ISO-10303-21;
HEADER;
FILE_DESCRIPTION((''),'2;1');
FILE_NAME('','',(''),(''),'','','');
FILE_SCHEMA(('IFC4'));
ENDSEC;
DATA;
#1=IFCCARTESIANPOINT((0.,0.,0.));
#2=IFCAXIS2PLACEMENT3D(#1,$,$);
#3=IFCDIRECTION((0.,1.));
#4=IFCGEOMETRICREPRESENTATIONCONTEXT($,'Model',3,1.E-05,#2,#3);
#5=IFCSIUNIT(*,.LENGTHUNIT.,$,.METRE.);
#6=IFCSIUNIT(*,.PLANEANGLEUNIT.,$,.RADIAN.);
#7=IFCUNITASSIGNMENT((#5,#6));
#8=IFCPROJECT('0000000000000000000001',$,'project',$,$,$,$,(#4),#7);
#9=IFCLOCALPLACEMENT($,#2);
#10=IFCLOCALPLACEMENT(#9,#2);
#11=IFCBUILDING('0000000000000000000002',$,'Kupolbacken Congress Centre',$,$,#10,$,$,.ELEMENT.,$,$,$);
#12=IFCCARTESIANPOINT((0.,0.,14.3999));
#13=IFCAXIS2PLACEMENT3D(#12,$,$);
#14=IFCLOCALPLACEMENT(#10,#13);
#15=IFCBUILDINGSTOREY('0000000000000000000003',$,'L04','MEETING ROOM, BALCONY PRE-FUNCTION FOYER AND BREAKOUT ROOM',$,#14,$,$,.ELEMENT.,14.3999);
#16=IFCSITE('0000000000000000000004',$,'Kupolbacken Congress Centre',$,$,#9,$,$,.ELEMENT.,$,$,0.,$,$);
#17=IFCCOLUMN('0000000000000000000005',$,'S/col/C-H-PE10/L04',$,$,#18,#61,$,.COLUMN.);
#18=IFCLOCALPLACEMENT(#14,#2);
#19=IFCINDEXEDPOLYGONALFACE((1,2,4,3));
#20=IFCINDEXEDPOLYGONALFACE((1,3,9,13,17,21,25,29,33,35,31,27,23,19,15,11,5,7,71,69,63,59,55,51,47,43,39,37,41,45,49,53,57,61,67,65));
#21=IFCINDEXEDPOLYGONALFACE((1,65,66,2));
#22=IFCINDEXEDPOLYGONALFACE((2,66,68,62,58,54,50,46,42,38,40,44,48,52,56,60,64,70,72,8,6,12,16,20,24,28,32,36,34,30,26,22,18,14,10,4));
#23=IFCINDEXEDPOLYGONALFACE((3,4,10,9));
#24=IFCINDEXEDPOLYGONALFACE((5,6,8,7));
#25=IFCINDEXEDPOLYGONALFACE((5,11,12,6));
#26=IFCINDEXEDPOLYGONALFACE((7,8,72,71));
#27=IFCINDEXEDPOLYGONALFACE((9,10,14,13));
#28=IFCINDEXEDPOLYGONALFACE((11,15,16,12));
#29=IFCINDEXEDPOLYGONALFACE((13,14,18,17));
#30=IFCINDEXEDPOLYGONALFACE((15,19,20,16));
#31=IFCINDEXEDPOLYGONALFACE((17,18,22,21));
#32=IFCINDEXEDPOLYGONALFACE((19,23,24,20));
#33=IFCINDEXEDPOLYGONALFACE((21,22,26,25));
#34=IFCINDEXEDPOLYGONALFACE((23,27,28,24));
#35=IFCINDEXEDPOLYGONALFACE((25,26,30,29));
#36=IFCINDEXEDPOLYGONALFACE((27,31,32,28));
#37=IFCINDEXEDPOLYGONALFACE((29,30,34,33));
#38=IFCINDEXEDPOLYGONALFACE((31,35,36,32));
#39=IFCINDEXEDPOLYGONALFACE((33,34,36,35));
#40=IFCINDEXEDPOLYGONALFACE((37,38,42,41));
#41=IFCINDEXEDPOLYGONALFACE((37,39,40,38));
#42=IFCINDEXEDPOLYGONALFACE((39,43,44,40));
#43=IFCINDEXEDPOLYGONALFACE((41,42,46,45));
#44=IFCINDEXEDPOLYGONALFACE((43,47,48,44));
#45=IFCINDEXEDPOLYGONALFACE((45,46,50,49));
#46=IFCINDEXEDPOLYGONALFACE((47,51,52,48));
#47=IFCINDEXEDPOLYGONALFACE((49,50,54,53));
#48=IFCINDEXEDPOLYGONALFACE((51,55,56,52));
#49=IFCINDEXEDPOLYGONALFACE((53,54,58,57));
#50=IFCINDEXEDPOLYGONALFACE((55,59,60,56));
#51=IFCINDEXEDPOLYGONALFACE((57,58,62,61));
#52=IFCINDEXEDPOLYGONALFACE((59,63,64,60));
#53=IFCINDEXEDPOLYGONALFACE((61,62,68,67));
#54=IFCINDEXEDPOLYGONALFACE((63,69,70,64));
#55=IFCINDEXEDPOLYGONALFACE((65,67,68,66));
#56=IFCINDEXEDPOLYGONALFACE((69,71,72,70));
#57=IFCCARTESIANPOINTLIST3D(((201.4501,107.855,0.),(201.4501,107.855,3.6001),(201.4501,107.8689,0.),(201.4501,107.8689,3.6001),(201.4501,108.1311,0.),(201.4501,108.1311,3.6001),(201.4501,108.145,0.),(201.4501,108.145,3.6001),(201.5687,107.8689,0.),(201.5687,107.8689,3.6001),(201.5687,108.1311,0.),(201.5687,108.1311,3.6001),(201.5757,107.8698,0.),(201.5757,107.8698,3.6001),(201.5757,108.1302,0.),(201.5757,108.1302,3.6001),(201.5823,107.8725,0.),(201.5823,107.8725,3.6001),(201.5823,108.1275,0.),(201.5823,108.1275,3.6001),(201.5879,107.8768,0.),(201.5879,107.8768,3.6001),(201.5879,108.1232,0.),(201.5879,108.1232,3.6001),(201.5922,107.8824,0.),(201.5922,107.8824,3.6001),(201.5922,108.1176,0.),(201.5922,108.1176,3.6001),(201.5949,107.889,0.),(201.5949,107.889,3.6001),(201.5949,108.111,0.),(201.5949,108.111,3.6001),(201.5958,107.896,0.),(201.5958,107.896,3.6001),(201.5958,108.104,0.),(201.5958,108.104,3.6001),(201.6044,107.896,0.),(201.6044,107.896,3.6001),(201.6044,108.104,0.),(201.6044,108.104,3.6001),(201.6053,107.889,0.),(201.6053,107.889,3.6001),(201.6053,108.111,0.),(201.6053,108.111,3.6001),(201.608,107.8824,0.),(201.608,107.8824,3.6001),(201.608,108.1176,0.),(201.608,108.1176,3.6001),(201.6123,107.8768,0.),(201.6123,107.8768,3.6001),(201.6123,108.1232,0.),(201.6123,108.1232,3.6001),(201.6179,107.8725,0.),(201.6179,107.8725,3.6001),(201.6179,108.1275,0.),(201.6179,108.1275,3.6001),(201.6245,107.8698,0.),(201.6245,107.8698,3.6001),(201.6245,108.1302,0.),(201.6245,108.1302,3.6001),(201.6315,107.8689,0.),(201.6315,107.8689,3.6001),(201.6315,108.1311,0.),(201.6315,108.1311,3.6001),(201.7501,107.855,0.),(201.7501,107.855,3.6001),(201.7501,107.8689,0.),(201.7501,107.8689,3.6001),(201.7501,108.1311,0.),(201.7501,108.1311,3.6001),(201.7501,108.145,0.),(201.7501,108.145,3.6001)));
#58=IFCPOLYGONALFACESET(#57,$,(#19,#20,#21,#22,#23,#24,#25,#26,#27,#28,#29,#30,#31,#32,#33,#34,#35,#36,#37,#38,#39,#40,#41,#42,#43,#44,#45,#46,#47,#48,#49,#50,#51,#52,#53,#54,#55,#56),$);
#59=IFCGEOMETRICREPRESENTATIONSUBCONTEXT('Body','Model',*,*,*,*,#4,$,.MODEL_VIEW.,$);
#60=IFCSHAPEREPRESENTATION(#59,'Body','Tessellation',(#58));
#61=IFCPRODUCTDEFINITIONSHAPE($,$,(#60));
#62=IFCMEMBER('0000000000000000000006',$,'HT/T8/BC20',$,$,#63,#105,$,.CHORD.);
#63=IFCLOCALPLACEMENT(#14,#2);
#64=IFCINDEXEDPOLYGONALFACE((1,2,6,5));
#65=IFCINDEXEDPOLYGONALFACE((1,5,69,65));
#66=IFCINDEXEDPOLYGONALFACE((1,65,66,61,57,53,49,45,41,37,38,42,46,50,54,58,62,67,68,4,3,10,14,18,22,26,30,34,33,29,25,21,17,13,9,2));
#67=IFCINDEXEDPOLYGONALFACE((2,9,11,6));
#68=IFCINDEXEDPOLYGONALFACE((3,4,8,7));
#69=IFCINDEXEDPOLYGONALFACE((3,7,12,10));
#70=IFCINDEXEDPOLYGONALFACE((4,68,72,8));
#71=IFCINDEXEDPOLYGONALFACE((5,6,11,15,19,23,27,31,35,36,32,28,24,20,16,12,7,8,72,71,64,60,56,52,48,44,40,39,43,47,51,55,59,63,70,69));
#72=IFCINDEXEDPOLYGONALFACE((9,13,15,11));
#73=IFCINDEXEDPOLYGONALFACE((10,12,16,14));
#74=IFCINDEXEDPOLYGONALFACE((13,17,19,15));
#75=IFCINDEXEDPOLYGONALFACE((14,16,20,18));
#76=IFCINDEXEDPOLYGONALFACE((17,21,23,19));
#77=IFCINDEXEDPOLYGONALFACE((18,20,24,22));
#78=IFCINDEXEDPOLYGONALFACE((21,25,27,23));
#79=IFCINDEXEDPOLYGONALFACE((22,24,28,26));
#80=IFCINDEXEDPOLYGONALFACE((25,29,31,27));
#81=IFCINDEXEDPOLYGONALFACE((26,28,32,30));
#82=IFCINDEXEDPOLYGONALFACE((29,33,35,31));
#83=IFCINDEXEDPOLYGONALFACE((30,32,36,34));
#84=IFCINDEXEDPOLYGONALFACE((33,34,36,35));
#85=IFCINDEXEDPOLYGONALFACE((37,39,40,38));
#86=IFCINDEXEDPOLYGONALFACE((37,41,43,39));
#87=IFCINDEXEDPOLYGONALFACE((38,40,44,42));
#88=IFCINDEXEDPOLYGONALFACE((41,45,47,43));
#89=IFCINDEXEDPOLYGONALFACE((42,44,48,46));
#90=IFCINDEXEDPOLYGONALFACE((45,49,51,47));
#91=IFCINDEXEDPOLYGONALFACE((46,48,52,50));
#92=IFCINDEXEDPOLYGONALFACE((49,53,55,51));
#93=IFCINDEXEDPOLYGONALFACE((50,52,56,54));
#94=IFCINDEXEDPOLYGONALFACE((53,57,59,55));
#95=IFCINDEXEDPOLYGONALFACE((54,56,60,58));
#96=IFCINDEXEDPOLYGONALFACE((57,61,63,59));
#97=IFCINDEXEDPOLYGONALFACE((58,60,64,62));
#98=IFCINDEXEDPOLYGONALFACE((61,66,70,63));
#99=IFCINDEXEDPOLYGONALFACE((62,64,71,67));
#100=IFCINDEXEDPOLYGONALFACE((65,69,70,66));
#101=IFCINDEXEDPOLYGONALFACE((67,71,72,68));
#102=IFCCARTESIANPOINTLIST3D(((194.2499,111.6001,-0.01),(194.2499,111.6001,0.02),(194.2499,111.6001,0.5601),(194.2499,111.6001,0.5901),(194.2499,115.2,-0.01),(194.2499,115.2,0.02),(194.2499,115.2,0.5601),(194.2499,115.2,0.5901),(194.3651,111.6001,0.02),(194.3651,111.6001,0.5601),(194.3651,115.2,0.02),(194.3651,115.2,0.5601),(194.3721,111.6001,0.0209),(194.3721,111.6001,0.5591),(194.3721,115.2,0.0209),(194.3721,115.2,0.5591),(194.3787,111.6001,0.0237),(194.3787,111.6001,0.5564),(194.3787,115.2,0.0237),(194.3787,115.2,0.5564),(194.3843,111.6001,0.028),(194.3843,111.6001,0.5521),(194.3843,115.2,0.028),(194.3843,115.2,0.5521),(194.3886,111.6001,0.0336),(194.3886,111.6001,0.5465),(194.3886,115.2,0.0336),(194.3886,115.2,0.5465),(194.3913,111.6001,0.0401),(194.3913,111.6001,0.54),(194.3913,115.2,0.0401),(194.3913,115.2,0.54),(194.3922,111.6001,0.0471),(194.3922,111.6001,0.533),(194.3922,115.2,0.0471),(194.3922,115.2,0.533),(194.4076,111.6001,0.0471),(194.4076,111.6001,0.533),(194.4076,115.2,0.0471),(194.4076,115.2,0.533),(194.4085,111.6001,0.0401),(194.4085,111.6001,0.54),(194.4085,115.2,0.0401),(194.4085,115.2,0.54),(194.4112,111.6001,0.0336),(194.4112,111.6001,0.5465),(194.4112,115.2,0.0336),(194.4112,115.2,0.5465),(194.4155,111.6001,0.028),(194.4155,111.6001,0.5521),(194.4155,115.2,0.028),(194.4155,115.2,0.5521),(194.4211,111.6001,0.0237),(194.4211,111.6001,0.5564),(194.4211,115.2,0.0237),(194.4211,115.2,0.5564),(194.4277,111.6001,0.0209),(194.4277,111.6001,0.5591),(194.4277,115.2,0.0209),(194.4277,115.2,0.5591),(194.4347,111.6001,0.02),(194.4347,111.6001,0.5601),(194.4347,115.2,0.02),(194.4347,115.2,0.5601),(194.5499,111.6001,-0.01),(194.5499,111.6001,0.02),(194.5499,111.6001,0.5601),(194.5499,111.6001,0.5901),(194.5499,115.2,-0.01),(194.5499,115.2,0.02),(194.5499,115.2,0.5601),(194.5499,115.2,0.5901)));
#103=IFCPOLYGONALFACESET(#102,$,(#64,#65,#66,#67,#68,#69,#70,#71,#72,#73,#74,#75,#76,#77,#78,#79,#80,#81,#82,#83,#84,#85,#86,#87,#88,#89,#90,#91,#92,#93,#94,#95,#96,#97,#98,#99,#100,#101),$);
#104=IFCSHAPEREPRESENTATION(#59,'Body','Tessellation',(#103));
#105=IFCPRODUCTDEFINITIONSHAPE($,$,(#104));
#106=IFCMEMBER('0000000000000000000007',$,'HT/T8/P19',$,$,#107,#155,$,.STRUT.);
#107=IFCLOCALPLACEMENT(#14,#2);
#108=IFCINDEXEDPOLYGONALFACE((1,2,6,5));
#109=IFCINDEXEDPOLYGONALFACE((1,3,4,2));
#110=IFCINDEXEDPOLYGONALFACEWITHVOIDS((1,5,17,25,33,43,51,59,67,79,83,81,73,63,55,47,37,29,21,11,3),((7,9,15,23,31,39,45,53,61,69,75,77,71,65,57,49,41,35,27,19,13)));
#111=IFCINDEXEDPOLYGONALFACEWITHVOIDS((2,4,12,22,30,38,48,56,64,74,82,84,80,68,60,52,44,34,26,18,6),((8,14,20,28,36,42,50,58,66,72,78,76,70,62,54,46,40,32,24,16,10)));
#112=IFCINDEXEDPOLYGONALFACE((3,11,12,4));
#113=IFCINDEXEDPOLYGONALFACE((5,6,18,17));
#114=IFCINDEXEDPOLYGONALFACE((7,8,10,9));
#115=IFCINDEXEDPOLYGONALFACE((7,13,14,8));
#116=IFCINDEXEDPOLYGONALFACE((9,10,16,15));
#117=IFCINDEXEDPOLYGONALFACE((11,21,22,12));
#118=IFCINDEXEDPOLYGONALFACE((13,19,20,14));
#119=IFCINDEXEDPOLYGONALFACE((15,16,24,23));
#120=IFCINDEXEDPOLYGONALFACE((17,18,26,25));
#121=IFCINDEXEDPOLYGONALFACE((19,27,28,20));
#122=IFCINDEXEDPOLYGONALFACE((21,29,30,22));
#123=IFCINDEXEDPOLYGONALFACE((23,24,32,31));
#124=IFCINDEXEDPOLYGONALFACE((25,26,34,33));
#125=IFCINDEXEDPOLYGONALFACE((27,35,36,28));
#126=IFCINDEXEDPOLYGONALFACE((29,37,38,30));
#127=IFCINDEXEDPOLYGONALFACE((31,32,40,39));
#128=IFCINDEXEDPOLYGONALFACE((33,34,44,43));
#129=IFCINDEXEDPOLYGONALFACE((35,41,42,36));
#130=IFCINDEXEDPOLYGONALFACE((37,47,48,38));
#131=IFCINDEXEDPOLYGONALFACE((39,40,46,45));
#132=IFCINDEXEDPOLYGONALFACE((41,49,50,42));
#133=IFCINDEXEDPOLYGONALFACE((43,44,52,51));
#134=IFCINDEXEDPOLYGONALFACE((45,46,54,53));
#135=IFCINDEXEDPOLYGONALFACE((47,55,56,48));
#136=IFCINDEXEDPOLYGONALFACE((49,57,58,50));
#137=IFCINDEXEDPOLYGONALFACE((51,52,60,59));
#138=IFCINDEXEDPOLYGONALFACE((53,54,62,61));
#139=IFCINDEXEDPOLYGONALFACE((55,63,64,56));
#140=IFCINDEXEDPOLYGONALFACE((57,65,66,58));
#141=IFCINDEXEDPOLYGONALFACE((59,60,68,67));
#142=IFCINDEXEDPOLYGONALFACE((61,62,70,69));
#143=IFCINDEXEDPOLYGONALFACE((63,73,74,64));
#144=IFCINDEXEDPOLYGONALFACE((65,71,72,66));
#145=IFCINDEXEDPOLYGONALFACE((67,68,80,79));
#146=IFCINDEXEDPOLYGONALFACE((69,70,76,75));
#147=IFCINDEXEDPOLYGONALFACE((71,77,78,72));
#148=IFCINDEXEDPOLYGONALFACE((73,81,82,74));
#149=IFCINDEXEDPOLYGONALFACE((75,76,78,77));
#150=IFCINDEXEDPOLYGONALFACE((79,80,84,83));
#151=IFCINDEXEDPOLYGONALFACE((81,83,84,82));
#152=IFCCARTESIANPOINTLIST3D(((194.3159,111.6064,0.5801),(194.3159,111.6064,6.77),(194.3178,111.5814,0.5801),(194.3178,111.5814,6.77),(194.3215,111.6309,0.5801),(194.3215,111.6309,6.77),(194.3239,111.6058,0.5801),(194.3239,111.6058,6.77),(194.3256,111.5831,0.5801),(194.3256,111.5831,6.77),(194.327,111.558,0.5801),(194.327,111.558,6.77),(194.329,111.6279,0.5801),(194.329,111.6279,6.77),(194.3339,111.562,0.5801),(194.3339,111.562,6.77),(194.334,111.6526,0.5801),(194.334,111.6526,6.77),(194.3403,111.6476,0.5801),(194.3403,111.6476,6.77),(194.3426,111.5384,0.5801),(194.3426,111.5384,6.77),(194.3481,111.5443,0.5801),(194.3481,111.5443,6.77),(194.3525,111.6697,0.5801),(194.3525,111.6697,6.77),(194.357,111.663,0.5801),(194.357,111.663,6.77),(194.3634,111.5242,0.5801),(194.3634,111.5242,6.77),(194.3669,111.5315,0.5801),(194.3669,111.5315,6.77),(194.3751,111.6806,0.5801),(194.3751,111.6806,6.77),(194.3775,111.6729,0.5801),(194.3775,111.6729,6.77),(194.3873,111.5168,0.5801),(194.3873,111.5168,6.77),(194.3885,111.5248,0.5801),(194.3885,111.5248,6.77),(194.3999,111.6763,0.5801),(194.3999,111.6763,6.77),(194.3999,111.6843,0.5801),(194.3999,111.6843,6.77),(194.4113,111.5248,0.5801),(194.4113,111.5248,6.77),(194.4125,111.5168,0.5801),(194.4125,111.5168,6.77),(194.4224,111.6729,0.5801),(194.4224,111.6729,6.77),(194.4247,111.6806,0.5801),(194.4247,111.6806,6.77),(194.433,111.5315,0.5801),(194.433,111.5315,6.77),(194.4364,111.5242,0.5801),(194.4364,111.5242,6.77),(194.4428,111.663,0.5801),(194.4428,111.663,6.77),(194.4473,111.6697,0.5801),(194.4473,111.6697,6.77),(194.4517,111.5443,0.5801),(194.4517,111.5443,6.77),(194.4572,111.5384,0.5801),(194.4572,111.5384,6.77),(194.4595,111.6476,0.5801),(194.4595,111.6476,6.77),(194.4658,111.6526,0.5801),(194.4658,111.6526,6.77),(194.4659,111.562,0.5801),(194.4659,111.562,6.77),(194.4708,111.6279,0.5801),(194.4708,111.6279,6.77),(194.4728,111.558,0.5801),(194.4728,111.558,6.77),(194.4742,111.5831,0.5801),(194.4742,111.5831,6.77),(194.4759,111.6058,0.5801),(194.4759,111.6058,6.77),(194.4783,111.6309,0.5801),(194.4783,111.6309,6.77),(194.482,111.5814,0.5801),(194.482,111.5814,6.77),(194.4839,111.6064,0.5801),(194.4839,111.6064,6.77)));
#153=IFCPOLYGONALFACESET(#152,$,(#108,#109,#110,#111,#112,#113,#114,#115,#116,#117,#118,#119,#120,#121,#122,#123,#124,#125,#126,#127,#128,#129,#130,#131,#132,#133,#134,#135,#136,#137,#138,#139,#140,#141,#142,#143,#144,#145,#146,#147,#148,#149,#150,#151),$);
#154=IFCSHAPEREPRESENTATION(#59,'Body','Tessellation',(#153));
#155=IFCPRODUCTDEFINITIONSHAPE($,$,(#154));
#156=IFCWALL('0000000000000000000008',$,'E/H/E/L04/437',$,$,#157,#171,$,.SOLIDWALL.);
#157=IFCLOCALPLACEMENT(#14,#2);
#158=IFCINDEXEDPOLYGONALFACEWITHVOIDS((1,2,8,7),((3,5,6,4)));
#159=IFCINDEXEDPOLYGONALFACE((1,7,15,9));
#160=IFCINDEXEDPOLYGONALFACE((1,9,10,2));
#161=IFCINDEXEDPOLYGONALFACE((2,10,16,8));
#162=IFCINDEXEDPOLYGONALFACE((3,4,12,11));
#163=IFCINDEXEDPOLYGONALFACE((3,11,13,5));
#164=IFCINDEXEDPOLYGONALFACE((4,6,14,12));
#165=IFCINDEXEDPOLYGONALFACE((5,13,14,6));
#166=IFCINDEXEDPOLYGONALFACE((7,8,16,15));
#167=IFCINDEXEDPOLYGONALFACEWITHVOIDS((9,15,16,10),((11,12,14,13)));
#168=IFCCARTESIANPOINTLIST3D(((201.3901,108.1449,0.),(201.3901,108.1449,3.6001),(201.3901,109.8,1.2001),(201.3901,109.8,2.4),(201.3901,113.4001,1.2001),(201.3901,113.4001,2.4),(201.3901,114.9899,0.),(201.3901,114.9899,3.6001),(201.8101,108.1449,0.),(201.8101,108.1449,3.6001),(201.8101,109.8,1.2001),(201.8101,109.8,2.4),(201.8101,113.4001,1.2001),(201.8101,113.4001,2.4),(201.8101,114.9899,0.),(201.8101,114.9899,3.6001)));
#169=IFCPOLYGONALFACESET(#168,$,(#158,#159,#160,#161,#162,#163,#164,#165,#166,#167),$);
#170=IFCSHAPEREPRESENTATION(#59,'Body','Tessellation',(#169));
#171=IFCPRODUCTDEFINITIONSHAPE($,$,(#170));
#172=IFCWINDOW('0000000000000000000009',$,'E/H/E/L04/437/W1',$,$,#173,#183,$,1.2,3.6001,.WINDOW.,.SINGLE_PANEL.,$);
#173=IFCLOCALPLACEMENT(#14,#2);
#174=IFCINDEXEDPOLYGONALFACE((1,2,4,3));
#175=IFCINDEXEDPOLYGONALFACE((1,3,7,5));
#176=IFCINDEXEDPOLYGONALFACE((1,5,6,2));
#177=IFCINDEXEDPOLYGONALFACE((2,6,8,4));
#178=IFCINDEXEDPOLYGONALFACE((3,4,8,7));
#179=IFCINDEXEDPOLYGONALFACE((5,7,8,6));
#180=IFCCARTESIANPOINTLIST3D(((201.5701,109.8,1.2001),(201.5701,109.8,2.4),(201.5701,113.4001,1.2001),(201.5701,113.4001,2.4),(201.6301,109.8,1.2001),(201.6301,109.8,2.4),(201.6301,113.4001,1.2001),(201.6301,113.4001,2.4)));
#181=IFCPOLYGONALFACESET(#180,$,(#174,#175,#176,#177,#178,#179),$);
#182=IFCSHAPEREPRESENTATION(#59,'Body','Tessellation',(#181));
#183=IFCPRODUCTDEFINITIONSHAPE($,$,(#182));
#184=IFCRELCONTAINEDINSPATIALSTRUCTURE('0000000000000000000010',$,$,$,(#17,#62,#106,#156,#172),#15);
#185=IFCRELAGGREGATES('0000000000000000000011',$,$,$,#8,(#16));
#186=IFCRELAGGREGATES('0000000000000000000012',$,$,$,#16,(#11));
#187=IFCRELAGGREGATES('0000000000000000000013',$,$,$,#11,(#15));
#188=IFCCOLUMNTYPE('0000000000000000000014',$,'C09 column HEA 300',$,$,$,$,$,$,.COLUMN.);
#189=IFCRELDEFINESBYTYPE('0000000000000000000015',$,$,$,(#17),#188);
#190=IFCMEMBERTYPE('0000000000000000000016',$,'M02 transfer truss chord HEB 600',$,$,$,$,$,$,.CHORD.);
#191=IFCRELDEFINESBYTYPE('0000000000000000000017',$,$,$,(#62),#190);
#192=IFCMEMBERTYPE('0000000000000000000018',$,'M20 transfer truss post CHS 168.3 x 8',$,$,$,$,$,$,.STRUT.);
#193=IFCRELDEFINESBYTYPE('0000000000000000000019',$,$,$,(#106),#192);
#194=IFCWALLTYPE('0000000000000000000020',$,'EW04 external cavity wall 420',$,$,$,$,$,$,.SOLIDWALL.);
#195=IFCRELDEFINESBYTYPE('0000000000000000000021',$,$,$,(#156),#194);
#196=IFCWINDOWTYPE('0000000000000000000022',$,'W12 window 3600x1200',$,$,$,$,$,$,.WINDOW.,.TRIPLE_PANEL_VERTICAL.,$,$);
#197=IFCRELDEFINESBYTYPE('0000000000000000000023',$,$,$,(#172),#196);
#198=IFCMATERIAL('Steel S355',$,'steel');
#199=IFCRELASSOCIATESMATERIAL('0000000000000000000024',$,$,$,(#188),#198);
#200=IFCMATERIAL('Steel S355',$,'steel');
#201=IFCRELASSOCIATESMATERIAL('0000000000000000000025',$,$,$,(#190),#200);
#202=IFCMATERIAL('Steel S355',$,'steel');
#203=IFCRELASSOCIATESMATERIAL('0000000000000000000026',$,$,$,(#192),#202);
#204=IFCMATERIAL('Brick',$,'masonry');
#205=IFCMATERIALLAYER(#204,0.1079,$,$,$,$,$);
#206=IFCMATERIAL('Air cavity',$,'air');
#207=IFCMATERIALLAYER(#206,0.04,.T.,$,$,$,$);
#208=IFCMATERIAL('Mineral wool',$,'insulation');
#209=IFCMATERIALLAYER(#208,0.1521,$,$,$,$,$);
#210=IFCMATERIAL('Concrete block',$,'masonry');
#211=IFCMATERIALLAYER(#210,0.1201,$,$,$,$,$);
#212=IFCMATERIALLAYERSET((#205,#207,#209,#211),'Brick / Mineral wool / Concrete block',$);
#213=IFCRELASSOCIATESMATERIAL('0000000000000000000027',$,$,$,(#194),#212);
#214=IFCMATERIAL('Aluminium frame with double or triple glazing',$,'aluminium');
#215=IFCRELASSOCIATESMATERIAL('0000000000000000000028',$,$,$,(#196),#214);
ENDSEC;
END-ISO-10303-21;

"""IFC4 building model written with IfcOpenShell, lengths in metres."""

from ifc_helpers import new_model, si_unit, direction, frame, frame_2d, origin, origin_2d, place, context, subcontext, project, spatial, rectangle, hollow_circle, i_section, extrude, material, layer, layer_set, material_profile, profile_set, type_object, element, fill, save


model = new_model("IFC4")

# Units and contexts
model_context = context("Model", 3, precision=1e-05, world=origin(), true_north=direction((0.0, 1.0)))
body_context = subcontext(model_context, "Body", "Model", "MODEL_VIEW")
ifc_project = project(units=[si_unit("LENGTHUNIT", "METRE"), si_unit("PLANEANGLEUNIT", "RADIAN")], contexts=[model_context])

# Site, building, storey
site_placement = place(None, origin())
site = spatial("IfcSite", under=ifc_project, at=site_placement, Name="Kupolbacken Congress Centre", CompositionType="ELEMENT", RefElevation=0.0)
building_placement = place(site_placement, origin())
building = spatial("IfcBuilding", under=site, at=building_placement, Name="Kupolbacken Congress Centre", CompositionType="ELEMENT")
storey_placement = place(building_placement, frame((0.0, 0.0, 14.3999)))
storey = spatial("IfcBuildingStorey", under=building, at=storey_placement, Name="L04", Description="MEETING ROOM, BALCONY PRE-FUNCTION FOYER AND BREAKOUT ROOM", CompositionType="ELEMENT", Elevation=14.3999)

# Column
ifc_material_1 = material(Name="Steel S355", Category="steel")
ifc_material_profile_1 = material_profile(ifc_material_1, i_section(OverallWidth=0.3, OverallDepth=0.29, WebThickness=0.0085, FlangeThickness=0.0139, FilletRadius=0.0271, at=origin_2d()), Name="HEA 300")
ifc_profile_set_1 = profile_set([ifc_material_profile_1], Name="Steel S355")
column_type = type_object("IfcColumnType", Name="C09 column HEA 300", PredefinedType="COLUMN", material=ifc_profile_set_1)
column_placement = place(storey_placement, frame((201.6001, 108.0, 0.0), z_axis=(0.0, 0.0, 1.0), x_axis=(1.0, 0.0, 0.0)))
element("IfcColumn", 1, at=column_placement, inside=storey, type_object=column_type, Name="S/col/C-H-PE10/L04", PredefinedType="COLUMN", context=body_context, shape_type="SweptSolid", body=[
    extrude(i_section(OverallWidth=0.3, OverallDepth=0.29, WebThickness=0.0085, FlangeThickness=0.0139, FilletRadius=0.0271, at=origin_2d()), origin(), (0.0, 0.0, 1.0), 3.6001),
])

# Members
ifc_material_2 = material(Name="Steel S355", Category="steel")
ifc_material_profile_2 = material_profile(ifc_material_2, i_section(OverallWidth=0.3, OverallDepth=0.6001, WebThickness=0.0154, FlangeThickness=0.03, FilletRadius=0.0271, at=origin_2d()), Name="HEB 600")
ifc_profile_set_2 = profile_set([ifc_material_profile_2], Name="Steel S355")
member_type_1 = type_object("IfcMemberType", Name="M02 transfer truss chord HEB 600", PredefinedType="CHORD", material=ifc_profile_set_2)
member_1_placement = place(storey_placement, frame((194.3999, 111.6001, 0.29), z_axis=(0.0, 1.0, 0.0), x_axis=(-1.0, 0.0, 0.0)))
element("IfcMember", 2, at=member_1_placement, inside=storey, type_object=member_type_1, Name="HT/T8/BC20", PredefinedType="CHORD", context=body_context, shape_type="SweptSolid", body=[
    extrude(i_section(OverallWidth=0.3, OverallDepth=0.6001, WebThickness=0.0154, FlangeThickness=0.03, FilletRadius=0.0271, at=origin_2d()), origin(), (0.0, 0.0, 1.0), 3.5999),
])
ifc_material_3 = material(Name="Steel S355", Category="steel")
ifc_material_profile_3 = material_profile(ifc_material_3, hollow_circle(Radius=0.0842, WallThickness=0.0081, at=origin_2d()), Name="CHS 168.3 x 8")
ifc_profile_set_3 = profile_set([ifc_material_profile_3], Name="Steel S355")
member_type_2 = type_object("IfcMemberType", Name="M20 transfer truss post CHS 168.3 x 8", PredefinedType="STRUT", material=ifc_profile_set_3)
member_2_placement = place(storey_placement, frame((194.3999, 111.6001, 0.5801), z_axis=(0.0, 0.0, 1.0), x_axis=(0.0, 1.0, 0.0)))
element("IfcMember", 3, at=member_2_placement, inside=storey, type_object=member_type_2, Name="HT/T8/P19", PredefinedType="STRUT", context=body_context, shape_type="SweptSolid", body=[
    extrude(hollow_circle(Radius=0.0842, WallThickness=0.0081, at=origin_2d()), origin(), (0.0, 0.0, 1.0), 6.1899),
])

# Wall, opening, window
ifc_material_4 = material(Name="Brick", Category="masonry")
ifc_layer_1 = layer(ifc_material_4, 0.1079)
ifc_material_5 = material(Name="Air cavity", Category="air")
ifc_layer_2 = layer(ifc_material_5, 0.04, ventilated=True)
ifc_material_6 = material(Name="Mineral wool", Category="insulation")
ifc_layer_3 = layer(ifc_material_6, 0.1521)
ifc_material_7 = material(Name="Concrete block", Category="masonry")
ifc_layer_4 = layer(ifc_material_7, 0.1201)
ifc_layer_set_1 = layer_set([ifc_layer_1, ifc_layer_2, ifc_layer_3, ifc_layer_4], Name="Brick / Mineral wool / Concrete block")
wall_type = type_object("IfcWallType", Name="EW04 external cavity wall 420", PredefinedType="SOLIDWALL", material=ifc_layer_set_1)
wall_placement = place(storey_placement, frame((201.6001, 108.145, 0.0), z_axis=(0.0, 0.0, 1.0), x_axis=(0.0, 1.0, 0.0)))
wall = element("IfcWall", 4, at=wall_placement, inside=storey, type_object=wall_type, Name="E/H/E/L04/437", PredefinedType="SOLIDWALL", context=body_context, shape_type="SweptSolid", body=[
    extrude(rectangle(XDim=6.845, YDim=0.4199, at=frame_2d((3.4224, 0.0))), origin(), (0.0, 0.0, 1.0), 3.6001),
])
opening_placement = place(wall_placement, frame((1.655, 0.0, 1.2)))
opening = element("IfcOpeningElement", 5, at=opening_placement, cuts=wall, PredefinedType="OPENING", context=body_context, shape_type="SweptSolid", body=[
    extrude(rectangle(XDim=3.6001, YDim=1.2, at=frame_2d((1.8, 0.6001))), frame((0.0, 0.22, 0.0), z_axis=(0.0, -1.0, 0.0), x_axis=(1.0, 0.0, 0.0)), (0.0, 0.0, 1.0), 0.4399),
])
ifc_material_8 = material(Name="Aluminium frame with double or triple glazing", Category="aluminium")
window_type = type_object("IfcWindowType", Name="W12 window 3600x1200", PartitioningType="TRIPLE_PANEL_VERTICAL", PredefinedType="WINDOW", material=ifc_material_8)
window_placement = place(opening_placement, origin())
window = element("IfcWindow", 6, at=window_placement, inside=storey, type_object=window_type, Name="E/H/E/L04/437/W1", OverallHeight=1.2, OverallWidth=3.6001, PartitioningType="SINGLE_PANEL", PredefinedType="WINDOW", context=body_context, shape_type="SweptSolid", body=[
    extrude(rectangle(XDim=3.6001, YDim=1.2, at=frame_2d((1.8, 0.6001))), frame((0.0, 0.03, 0.0), z_axis=(0.0, -1.0, 0.0), x_axis=(1.0, 0.0, 0.0)), (0.0, 0.0, 1.0), 0.0601),
])
fill(opening, window)

save(model, "model.ifc")
